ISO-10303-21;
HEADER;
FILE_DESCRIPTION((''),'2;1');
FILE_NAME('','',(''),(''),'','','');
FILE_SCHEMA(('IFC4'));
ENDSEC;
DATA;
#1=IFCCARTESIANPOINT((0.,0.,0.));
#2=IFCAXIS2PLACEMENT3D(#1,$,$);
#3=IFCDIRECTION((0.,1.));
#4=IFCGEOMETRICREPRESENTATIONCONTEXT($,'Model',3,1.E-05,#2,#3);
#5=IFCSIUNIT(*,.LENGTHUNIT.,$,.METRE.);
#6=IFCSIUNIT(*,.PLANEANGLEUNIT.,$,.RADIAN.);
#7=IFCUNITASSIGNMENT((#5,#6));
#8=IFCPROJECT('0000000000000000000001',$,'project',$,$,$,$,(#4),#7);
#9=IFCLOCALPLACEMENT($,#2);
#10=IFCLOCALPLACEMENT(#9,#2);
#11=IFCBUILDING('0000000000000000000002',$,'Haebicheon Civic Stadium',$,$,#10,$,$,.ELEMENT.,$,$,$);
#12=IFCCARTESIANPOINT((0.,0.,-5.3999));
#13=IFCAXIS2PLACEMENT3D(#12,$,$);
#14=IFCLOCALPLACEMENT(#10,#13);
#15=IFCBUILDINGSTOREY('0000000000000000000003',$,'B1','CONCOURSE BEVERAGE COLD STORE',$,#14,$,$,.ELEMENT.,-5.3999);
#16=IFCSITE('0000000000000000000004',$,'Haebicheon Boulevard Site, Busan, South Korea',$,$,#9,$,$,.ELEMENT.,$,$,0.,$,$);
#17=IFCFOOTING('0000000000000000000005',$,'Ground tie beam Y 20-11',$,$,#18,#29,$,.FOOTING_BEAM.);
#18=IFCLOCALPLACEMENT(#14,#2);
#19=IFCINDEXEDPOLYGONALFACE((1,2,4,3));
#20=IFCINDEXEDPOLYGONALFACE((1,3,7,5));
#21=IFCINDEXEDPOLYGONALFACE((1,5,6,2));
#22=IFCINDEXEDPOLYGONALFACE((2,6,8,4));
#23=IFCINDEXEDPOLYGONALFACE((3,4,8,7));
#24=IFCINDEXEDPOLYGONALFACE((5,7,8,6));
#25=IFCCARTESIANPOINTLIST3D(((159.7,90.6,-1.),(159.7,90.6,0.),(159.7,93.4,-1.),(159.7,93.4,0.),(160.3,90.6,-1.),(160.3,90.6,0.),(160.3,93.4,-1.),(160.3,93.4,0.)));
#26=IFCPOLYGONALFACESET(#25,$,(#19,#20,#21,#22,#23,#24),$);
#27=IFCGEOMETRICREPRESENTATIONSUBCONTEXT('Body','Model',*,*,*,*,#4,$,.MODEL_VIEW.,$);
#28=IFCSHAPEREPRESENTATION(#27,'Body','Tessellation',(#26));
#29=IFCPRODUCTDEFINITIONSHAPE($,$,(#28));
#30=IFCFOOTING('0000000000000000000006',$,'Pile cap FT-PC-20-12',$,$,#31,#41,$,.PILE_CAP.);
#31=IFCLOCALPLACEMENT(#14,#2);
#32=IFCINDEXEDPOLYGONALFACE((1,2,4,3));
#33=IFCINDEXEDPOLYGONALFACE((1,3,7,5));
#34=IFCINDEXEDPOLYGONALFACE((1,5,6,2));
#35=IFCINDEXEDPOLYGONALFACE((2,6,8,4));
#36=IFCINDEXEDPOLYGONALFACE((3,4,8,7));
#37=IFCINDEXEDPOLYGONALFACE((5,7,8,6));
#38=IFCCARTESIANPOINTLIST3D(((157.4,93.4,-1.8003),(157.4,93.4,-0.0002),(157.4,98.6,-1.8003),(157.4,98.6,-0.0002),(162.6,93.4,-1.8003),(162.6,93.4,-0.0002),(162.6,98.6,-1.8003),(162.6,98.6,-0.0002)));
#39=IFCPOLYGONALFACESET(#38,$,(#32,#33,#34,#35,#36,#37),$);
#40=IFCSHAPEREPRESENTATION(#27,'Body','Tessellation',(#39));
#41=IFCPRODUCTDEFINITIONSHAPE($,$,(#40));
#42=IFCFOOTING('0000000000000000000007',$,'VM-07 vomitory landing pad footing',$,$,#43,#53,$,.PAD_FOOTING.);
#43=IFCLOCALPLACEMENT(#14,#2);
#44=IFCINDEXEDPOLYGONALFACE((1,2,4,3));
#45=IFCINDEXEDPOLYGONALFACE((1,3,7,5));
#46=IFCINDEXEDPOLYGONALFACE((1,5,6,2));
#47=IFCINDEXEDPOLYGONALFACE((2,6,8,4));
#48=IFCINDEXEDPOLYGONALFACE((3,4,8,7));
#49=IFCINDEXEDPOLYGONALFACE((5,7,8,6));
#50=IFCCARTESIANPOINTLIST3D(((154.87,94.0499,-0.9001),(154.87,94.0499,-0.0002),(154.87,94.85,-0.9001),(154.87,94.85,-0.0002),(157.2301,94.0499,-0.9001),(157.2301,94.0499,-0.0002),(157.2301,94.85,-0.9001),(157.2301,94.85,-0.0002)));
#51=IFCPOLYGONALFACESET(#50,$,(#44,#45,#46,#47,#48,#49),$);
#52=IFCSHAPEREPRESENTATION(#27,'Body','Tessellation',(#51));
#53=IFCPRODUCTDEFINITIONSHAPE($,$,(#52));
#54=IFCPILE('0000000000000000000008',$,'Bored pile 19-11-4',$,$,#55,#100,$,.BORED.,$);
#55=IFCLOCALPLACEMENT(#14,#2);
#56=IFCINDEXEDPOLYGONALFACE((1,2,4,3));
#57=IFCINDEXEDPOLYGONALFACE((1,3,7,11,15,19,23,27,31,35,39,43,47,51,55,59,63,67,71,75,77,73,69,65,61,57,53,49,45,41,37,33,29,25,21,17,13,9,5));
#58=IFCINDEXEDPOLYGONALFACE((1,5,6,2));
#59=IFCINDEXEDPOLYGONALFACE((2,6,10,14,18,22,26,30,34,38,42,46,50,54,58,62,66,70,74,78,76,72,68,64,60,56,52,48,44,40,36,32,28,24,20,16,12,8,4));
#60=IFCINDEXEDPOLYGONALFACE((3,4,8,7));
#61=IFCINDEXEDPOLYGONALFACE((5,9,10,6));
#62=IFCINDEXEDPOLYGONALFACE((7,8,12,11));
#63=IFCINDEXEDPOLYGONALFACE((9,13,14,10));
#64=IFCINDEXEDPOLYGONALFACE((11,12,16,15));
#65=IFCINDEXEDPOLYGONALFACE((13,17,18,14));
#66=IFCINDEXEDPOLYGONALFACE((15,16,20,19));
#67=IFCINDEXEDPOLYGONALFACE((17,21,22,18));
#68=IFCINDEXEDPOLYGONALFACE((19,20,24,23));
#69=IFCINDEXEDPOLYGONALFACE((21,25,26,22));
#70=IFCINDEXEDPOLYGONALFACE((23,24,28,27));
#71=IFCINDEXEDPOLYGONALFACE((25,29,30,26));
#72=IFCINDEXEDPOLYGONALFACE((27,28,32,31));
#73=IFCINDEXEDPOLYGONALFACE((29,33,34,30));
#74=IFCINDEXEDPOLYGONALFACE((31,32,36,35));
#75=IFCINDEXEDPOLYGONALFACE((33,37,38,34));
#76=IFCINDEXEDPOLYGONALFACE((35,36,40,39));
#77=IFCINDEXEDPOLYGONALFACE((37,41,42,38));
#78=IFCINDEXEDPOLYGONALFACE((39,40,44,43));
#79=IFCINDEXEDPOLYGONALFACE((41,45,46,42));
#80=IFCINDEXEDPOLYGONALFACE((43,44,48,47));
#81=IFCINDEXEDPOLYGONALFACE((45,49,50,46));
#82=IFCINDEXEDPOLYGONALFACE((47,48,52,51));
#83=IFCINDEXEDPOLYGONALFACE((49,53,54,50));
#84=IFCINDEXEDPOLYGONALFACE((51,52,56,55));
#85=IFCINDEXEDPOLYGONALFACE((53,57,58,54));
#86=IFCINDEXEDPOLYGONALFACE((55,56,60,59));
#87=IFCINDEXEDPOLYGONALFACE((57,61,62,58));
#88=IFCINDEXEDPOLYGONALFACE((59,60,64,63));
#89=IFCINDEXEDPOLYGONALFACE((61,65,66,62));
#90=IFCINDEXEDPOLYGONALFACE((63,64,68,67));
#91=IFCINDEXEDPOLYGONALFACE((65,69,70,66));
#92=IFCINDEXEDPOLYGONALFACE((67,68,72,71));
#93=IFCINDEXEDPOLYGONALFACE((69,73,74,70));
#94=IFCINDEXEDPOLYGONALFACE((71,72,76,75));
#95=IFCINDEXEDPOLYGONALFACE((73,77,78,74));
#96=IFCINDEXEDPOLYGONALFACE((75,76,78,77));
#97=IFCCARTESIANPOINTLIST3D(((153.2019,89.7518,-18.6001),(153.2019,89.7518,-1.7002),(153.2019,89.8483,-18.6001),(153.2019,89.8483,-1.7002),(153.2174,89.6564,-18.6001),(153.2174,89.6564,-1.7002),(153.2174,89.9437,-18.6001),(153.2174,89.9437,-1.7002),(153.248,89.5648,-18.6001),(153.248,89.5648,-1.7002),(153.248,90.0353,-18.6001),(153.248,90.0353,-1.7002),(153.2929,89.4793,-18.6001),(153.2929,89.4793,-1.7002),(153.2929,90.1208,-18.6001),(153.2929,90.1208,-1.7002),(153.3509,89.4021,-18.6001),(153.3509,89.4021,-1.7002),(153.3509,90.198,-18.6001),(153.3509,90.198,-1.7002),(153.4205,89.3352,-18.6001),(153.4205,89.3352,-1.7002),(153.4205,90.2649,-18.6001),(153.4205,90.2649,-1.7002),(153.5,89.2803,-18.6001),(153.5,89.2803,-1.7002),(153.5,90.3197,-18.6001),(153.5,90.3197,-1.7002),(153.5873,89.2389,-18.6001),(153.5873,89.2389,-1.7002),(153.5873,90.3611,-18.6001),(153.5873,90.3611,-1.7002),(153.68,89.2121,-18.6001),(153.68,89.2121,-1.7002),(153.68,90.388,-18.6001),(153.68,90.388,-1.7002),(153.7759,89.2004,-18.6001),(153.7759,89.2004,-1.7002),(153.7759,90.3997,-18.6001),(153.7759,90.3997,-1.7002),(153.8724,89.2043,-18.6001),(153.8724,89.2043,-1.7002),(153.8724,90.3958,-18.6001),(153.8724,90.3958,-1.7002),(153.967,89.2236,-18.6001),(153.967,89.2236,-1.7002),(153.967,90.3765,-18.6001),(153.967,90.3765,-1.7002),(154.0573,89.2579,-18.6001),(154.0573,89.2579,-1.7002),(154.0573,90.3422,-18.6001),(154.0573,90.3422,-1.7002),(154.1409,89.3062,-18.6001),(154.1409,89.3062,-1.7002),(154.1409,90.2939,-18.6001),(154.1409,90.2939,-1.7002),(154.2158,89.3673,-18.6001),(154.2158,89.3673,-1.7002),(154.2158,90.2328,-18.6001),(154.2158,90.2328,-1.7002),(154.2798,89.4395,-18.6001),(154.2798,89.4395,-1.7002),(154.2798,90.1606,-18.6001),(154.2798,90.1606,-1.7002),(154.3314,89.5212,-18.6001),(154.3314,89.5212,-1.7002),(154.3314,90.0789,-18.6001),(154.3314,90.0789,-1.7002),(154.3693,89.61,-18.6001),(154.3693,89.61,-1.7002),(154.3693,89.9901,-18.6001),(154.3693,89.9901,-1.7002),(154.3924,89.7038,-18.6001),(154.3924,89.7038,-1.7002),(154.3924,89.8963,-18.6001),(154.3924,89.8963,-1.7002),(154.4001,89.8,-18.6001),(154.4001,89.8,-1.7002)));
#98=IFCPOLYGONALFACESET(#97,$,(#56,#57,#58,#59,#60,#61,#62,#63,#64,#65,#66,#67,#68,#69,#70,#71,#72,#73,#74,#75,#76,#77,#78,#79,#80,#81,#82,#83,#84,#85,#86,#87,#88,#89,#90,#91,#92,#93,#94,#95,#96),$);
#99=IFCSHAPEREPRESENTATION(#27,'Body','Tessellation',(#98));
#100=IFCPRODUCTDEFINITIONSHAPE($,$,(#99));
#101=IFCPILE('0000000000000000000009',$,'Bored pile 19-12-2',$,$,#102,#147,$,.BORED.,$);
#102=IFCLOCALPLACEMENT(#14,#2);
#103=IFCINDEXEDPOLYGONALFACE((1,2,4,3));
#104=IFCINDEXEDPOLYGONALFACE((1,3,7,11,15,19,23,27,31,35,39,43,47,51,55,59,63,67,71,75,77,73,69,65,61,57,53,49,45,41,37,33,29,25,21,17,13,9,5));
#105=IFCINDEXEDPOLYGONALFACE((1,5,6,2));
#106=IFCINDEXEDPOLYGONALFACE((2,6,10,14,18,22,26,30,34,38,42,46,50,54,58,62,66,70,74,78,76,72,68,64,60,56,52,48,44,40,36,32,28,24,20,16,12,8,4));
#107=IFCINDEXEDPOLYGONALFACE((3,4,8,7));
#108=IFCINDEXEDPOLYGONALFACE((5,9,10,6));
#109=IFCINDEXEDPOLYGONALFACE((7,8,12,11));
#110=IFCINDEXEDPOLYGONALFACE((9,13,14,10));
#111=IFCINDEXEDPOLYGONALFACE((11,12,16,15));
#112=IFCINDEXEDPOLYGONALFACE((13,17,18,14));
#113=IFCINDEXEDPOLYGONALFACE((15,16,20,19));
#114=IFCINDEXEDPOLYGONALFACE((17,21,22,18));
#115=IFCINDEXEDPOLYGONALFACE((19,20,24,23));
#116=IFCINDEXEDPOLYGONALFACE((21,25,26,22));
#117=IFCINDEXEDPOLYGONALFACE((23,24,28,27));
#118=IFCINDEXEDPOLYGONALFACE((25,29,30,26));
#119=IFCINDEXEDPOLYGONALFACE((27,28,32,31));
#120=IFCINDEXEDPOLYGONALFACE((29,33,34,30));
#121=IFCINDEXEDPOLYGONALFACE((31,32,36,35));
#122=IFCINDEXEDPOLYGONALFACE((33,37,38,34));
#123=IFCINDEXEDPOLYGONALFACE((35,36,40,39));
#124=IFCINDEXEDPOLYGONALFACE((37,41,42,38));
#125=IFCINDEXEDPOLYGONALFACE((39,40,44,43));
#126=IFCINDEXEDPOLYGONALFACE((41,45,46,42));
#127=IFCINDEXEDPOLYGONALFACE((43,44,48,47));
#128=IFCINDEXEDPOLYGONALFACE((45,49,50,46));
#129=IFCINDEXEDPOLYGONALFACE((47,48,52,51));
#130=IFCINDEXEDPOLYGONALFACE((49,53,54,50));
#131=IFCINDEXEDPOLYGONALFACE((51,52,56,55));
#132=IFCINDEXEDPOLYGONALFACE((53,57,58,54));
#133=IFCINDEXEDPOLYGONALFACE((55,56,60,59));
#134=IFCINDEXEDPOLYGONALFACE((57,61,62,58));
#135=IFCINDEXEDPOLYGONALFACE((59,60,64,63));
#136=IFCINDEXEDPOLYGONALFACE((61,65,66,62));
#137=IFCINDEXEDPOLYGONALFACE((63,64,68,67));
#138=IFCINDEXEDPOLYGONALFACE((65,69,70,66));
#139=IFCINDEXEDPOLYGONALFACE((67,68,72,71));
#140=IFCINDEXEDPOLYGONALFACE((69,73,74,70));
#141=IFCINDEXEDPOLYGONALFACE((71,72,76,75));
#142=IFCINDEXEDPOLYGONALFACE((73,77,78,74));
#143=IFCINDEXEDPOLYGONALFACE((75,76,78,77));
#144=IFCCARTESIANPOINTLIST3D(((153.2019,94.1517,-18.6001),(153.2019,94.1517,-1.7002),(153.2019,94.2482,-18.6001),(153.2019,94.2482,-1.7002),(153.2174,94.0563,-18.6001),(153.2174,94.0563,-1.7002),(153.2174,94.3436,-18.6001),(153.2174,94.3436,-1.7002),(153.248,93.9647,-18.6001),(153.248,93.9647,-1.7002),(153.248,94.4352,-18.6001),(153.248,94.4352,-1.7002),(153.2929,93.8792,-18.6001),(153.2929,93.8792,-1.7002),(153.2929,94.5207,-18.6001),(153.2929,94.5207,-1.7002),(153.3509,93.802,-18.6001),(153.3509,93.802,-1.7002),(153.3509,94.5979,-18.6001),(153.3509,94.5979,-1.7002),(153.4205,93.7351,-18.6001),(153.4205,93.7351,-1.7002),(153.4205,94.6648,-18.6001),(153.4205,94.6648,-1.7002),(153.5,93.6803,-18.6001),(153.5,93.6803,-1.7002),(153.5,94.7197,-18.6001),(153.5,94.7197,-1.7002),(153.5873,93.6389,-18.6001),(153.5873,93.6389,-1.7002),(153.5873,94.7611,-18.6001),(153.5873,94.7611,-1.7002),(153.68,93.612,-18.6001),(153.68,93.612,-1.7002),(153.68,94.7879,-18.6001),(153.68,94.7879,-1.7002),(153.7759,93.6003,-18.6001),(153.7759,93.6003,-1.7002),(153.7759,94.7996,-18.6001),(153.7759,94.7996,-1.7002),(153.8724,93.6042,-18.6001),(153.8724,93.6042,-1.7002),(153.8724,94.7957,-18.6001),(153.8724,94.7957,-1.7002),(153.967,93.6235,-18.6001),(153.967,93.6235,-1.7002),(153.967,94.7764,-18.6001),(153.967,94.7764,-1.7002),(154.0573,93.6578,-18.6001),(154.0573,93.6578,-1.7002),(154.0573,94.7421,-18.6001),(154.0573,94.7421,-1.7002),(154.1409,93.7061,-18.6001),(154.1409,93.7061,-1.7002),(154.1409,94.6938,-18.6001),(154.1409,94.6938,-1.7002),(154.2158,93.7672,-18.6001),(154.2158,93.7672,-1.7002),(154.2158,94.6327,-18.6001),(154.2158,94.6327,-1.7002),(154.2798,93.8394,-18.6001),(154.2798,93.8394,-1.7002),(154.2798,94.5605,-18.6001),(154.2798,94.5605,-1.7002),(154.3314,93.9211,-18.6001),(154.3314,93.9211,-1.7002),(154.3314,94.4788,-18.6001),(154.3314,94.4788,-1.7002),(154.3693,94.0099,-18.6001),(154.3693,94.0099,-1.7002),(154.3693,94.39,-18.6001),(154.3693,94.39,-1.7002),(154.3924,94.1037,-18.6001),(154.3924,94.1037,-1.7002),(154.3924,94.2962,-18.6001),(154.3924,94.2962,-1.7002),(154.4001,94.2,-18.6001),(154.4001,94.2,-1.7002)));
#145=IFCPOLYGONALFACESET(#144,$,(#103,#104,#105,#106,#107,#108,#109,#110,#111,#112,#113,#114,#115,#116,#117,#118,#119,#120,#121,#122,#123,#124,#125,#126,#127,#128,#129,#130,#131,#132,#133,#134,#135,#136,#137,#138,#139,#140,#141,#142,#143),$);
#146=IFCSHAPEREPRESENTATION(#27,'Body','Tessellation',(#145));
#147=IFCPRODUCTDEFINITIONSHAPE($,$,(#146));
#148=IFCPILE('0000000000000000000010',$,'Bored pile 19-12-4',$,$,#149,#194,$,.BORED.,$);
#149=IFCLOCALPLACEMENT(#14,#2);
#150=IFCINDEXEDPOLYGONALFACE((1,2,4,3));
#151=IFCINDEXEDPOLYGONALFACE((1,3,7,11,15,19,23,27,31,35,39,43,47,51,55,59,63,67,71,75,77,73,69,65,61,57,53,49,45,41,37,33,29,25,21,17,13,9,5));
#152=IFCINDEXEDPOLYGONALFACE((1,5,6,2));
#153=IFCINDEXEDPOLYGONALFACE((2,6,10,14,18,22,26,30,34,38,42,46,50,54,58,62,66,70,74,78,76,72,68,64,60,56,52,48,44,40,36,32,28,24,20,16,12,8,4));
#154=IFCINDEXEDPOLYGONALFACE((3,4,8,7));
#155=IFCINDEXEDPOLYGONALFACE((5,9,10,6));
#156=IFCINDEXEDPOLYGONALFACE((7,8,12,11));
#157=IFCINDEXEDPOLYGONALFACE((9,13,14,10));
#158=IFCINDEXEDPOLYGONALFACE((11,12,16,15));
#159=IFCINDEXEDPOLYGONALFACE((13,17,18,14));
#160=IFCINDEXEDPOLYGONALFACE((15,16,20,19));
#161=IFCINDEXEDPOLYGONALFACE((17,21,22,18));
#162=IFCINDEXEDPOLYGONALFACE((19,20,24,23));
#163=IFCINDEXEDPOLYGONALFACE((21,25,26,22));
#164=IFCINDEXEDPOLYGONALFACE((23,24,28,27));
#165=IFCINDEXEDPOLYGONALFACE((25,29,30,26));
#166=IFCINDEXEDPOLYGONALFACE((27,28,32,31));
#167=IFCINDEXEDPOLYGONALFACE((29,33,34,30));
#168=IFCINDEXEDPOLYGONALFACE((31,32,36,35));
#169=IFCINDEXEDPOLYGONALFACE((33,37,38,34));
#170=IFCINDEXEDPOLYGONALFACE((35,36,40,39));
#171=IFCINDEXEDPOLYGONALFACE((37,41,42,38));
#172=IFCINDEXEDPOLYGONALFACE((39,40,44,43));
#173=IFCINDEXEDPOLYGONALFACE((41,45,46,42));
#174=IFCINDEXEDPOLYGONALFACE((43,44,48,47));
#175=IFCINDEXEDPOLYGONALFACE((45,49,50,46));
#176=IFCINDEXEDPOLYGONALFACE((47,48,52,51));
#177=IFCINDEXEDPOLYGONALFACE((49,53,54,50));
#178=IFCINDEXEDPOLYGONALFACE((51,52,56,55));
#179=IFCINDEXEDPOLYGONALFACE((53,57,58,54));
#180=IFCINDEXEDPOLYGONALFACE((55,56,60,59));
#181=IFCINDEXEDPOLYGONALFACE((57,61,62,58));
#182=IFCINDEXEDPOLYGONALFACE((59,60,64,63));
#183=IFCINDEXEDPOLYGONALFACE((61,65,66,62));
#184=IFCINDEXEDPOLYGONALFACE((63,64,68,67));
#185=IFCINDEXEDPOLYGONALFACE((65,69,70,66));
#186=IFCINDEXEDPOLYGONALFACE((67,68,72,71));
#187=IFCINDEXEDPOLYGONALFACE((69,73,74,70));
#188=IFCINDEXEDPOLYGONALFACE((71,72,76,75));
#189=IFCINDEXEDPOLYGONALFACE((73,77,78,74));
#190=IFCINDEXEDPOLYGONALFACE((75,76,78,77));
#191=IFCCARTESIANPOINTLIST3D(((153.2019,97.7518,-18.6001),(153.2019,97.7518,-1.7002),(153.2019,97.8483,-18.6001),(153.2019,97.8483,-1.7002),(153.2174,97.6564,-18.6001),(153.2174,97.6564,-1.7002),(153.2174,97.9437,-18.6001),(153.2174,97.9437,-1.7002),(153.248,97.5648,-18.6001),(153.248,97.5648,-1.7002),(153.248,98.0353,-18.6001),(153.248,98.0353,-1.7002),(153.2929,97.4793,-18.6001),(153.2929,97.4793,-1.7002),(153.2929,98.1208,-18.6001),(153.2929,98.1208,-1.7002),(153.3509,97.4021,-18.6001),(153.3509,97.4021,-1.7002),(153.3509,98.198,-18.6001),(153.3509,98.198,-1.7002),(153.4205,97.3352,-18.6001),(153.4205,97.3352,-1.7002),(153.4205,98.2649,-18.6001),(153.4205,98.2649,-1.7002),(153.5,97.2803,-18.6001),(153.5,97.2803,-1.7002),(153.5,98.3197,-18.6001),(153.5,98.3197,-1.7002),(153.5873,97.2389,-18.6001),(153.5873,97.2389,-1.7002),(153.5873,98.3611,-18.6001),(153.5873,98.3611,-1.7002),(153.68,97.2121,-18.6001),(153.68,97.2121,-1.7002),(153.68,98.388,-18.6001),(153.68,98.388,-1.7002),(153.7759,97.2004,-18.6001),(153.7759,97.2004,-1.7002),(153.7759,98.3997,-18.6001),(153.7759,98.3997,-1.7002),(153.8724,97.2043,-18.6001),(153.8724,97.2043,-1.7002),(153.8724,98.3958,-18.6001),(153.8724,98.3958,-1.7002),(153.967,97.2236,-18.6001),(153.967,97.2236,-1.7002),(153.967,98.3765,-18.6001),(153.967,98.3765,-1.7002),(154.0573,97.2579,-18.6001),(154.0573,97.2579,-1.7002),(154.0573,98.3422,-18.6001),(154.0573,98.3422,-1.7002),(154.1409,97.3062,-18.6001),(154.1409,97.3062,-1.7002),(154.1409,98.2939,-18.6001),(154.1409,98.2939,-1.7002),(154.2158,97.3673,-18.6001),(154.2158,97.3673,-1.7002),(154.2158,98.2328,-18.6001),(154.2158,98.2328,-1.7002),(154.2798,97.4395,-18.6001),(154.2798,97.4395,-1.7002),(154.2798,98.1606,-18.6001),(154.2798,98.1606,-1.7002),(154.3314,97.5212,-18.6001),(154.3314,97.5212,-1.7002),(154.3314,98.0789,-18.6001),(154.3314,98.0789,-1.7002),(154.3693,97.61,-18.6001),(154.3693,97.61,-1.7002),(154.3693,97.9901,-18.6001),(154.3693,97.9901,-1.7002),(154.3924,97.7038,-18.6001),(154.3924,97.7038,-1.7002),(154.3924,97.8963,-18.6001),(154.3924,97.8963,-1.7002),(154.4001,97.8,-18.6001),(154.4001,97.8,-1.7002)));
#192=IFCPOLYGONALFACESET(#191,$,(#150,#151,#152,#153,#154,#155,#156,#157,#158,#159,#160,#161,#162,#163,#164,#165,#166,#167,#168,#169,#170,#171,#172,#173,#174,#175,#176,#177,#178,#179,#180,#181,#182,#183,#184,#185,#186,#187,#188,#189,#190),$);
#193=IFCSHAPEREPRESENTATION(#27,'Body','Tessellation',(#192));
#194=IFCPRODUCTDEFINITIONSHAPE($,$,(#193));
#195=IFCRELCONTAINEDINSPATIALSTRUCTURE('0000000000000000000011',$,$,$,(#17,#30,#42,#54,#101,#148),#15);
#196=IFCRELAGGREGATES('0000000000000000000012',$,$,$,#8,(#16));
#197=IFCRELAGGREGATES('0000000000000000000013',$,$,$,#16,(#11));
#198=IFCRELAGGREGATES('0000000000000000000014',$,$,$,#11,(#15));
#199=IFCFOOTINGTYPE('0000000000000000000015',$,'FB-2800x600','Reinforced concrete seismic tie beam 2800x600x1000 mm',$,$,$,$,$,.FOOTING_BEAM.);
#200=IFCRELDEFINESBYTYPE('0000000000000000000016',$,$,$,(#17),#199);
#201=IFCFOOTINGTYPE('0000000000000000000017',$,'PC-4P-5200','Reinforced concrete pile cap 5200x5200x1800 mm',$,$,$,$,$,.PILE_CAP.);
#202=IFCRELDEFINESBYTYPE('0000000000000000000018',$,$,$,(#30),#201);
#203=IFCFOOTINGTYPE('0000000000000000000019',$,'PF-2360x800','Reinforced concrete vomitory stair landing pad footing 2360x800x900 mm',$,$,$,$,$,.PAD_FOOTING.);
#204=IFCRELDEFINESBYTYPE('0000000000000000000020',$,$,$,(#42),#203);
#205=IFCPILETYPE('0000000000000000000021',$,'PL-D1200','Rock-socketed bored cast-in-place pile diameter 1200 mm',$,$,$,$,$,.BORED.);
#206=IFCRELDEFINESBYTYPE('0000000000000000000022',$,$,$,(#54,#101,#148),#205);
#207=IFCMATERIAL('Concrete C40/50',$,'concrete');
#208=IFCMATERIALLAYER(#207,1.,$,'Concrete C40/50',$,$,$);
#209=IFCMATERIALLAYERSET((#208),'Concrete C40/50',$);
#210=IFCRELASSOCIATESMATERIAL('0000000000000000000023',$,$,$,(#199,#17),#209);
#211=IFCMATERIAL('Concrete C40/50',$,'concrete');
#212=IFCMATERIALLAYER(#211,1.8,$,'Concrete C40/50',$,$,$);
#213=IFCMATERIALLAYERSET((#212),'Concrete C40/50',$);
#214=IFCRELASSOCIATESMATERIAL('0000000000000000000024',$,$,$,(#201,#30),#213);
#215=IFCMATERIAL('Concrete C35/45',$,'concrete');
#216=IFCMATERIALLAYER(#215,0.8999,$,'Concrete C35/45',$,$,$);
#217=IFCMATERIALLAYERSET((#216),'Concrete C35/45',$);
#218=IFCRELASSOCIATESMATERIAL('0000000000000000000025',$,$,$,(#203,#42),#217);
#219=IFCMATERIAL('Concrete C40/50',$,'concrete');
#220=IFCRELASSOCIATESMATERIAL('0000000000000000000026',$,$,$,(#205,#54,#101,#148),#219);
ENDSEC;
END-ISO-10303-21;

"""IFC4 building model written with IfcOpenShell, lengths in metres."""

from ifc_helpers import new_model, si_unit, direction, frame, origin, origin_2d, place, context, subcontext, project, spatial, rectangle, circle, extrude, material, layer, layer_set, material_profile, profile_set, type_object, element, save


model = new_model("IFC4")

# Units and contexts
model_context = context("Model", 3, precision=1e-05, world=origin(), true_north=direction((0.0, 1.0)))
body_context = subcontext(model_context, "Body", "Model", "MODEL_VIEW")
ifc_project = project(units=[si_unit("LENGTHUNIT", "METRE"), si_unit("PLANEANGLEUNIT", "RADIAN")], contexts=[model_context])

# Site, building, storey
site_placement = place(None, origin())
site = spatial("IfcSite", under=ifc_project, at=site_placement, Name="Haebicheon Boulevard Site, Busan, South Korea", CompositionType="ELEMENT", RefElevation=0.0)
building_placement = place(site_placement, origin())
building = spatial("IfcBuilding", under=site, at=building_placement, Name="Haebicheon Civic Stadium", CompositionType="ELEMENT")
storey_placement = place(building_placement, frame((0.0, 0.0, -5.3999)))
storey = spatial("IfcBuildingStorey", under=building, at=storey_placement, Name="B1", Description="CONCOURSE BEVERAGE COLD STORE", CompositionType="ELEMENT", Elevation=-5.3999)

# Footings
ifc_material_1 = material(Name="Concrete C40/50", Category="concrete")
ifc_layer_1 = layer(ifc_material_1, 1.0, Name="Concrete C40/50")
ifc_layer_set_1 = layer_set([ifc_layer_1], Name="Concrete C40/50")
footing_type_1 = type_object("IfcFootingType", Name="FB-2800x600", Description="Reinforced concrete seismic tie beam 2800x600x1000 mm", PredefinedType="FOOTING_BEAM", material=ifc_layer_set_1)
footing_1_placement = place(storey_placement, frame((160.0, 92.0, -1.0), z_axis=(0.0, 0.0, 1.0), x_axis=(0.0, 1.0, 0.0)))
element("IfcFooting", 1, at=footing_1_placement, inside=storey, type_object=footing_type_1, material=ifc_layer_set_1, Name="Ground tie beam Y 20-11", PredefinedType="FOOTING_BEAM", context=body_context, shape_type="SweptSolid", body=[
    extrude(rectangle(XDim=2.8, YDim=0.6001, at=origin_2d()), origin(), (0.0, 0.0, 1.0), 1.0),
])
ifc_material_2 = material(Name="Concrete C40/50", Category="concrete")
ifc_layer_2 = layer(ifc_material_2, 1.8, Name="Concrete C40/50")
ifc_layer_set_2 = layer_set([ifc_layer_2], Name="Concrete C40/50")
footing_type_2 = type_object("IfcFootingType", Name="PC-4P-5200", Description="Reinforced concrete pile cap 5200x5200x1800 mm", PredefinedType="PILE_CAP", material=ifc_layer_set_2)
footing_2_placement = place(storey_placement, frame((160.0, 96.0, -1.8003), z_axis=(0.0, 0.0, 1.0), x_axis=(1.0, 0.0, 0.0)))
element("IfcFooting", 2, at=footing_2_placement, inside=storey, type_object=footing_type_2, material=ifc_layer_set_2, Name="Pile cap FT-PC-20-12", PredefinedType="PILE_CAP", context=body_context, shape_type="SweptSolid", body=[
    extrude(rectangle(XDim=5.2, YDim=5.2, at=origin_2d()), origin(), (0.0, 0.0, 1.0), 1.8),
])
ifc_material_3 = material(Name="Concrete C35/45", Category="concrete")
ifc_layer_3 = layer(ifc_material_3, 0.8999, Name="Concrete C35/45")
ifc_layer_set_3 = layer_set([ifc_layer_3], Name="Concrete C35/45")
footing_type_3 = type_object("IfcFootingType", Name="PF-2360x800", Description="Reinforced concrete vomitory stair landing pad footing 2360x800x900 mm", PredefinedType="PAD_FOOTING", material=ifc_layer_set_3)
footing_3_placement = place(storey_placement, frame((156.05, 94.45, -0.9001), z_axis=(0.0, 0.0, 1.0), x_axis=(1.0, 0.0, 0.0)))
element("IfcFooting", 3, at=footing_3_placement, inside=storey, type_object=footing_type_3, material=ifc_layer_set_3, Name="VM-07 vomitory landing pad footing", PredefinedType="PAD_FOOTING", context=body_context, shape_type="SweptSolid", body=[
    extrude(rectangle(XDim=2.3601, YDim=0.8, at=origin_2d()), origin(), (0.0, 0.0, 1.0), 0.8999),
])

# Piles
ifc_material_4 = material(Name="Concrete C40/50", Category="concrete")
ifc_material_profile_1 = material_profile(ifc_material_4, circle(Radius=0.6001, at=origin_2d()), Name="PILE-D1200")
ifc_profile_set_1 = profile_set([ifc_material_profile_1], Name="Concrete C40/50")
pile_type = type_object("IfcPileType", Name="PL-D1200", Description="Rock-socketed bored cast-in-place pile diameter 1200 mm", PredefinedType="BORED", material=ifc_profile_set_1)
for number, where, z_axis, x_axis, name in (
    (4, (153.8, 89.8, -1.7002), (0.0, 0.0, -1.0), (1.0, 0.0, 0.0), "Bored pile 19-11-4"),
    (5, (153.8, 94.2, -1.7002), (0.0, 0.0, -1.0), (1.0, 0.0, 0.0), "Bored pile 19-12-2"),
    (6, (153.8, 97.8, -1.7002), (0.0, 0.0, -1.0), (1.0, 0.0, 0.0), "Bored pile 19-12-4"),
):
    element("IfcPile", number, at=place(storey_placement, frame(where, z_axis=z_axis, x_axis=x_axis)), inside=storey, type_object=pile_type, material=ifc_profile_set_1, Name=name, PredefinedType="BORED", context=body_context, shape_type="SweptSolid", body=[
        extrude(circle(Radius=0.6001, at=origin_2d()), origin(), (0.0, 0.0, 1.0), 16.8999),
    ])

save(model, "model.ifc")
